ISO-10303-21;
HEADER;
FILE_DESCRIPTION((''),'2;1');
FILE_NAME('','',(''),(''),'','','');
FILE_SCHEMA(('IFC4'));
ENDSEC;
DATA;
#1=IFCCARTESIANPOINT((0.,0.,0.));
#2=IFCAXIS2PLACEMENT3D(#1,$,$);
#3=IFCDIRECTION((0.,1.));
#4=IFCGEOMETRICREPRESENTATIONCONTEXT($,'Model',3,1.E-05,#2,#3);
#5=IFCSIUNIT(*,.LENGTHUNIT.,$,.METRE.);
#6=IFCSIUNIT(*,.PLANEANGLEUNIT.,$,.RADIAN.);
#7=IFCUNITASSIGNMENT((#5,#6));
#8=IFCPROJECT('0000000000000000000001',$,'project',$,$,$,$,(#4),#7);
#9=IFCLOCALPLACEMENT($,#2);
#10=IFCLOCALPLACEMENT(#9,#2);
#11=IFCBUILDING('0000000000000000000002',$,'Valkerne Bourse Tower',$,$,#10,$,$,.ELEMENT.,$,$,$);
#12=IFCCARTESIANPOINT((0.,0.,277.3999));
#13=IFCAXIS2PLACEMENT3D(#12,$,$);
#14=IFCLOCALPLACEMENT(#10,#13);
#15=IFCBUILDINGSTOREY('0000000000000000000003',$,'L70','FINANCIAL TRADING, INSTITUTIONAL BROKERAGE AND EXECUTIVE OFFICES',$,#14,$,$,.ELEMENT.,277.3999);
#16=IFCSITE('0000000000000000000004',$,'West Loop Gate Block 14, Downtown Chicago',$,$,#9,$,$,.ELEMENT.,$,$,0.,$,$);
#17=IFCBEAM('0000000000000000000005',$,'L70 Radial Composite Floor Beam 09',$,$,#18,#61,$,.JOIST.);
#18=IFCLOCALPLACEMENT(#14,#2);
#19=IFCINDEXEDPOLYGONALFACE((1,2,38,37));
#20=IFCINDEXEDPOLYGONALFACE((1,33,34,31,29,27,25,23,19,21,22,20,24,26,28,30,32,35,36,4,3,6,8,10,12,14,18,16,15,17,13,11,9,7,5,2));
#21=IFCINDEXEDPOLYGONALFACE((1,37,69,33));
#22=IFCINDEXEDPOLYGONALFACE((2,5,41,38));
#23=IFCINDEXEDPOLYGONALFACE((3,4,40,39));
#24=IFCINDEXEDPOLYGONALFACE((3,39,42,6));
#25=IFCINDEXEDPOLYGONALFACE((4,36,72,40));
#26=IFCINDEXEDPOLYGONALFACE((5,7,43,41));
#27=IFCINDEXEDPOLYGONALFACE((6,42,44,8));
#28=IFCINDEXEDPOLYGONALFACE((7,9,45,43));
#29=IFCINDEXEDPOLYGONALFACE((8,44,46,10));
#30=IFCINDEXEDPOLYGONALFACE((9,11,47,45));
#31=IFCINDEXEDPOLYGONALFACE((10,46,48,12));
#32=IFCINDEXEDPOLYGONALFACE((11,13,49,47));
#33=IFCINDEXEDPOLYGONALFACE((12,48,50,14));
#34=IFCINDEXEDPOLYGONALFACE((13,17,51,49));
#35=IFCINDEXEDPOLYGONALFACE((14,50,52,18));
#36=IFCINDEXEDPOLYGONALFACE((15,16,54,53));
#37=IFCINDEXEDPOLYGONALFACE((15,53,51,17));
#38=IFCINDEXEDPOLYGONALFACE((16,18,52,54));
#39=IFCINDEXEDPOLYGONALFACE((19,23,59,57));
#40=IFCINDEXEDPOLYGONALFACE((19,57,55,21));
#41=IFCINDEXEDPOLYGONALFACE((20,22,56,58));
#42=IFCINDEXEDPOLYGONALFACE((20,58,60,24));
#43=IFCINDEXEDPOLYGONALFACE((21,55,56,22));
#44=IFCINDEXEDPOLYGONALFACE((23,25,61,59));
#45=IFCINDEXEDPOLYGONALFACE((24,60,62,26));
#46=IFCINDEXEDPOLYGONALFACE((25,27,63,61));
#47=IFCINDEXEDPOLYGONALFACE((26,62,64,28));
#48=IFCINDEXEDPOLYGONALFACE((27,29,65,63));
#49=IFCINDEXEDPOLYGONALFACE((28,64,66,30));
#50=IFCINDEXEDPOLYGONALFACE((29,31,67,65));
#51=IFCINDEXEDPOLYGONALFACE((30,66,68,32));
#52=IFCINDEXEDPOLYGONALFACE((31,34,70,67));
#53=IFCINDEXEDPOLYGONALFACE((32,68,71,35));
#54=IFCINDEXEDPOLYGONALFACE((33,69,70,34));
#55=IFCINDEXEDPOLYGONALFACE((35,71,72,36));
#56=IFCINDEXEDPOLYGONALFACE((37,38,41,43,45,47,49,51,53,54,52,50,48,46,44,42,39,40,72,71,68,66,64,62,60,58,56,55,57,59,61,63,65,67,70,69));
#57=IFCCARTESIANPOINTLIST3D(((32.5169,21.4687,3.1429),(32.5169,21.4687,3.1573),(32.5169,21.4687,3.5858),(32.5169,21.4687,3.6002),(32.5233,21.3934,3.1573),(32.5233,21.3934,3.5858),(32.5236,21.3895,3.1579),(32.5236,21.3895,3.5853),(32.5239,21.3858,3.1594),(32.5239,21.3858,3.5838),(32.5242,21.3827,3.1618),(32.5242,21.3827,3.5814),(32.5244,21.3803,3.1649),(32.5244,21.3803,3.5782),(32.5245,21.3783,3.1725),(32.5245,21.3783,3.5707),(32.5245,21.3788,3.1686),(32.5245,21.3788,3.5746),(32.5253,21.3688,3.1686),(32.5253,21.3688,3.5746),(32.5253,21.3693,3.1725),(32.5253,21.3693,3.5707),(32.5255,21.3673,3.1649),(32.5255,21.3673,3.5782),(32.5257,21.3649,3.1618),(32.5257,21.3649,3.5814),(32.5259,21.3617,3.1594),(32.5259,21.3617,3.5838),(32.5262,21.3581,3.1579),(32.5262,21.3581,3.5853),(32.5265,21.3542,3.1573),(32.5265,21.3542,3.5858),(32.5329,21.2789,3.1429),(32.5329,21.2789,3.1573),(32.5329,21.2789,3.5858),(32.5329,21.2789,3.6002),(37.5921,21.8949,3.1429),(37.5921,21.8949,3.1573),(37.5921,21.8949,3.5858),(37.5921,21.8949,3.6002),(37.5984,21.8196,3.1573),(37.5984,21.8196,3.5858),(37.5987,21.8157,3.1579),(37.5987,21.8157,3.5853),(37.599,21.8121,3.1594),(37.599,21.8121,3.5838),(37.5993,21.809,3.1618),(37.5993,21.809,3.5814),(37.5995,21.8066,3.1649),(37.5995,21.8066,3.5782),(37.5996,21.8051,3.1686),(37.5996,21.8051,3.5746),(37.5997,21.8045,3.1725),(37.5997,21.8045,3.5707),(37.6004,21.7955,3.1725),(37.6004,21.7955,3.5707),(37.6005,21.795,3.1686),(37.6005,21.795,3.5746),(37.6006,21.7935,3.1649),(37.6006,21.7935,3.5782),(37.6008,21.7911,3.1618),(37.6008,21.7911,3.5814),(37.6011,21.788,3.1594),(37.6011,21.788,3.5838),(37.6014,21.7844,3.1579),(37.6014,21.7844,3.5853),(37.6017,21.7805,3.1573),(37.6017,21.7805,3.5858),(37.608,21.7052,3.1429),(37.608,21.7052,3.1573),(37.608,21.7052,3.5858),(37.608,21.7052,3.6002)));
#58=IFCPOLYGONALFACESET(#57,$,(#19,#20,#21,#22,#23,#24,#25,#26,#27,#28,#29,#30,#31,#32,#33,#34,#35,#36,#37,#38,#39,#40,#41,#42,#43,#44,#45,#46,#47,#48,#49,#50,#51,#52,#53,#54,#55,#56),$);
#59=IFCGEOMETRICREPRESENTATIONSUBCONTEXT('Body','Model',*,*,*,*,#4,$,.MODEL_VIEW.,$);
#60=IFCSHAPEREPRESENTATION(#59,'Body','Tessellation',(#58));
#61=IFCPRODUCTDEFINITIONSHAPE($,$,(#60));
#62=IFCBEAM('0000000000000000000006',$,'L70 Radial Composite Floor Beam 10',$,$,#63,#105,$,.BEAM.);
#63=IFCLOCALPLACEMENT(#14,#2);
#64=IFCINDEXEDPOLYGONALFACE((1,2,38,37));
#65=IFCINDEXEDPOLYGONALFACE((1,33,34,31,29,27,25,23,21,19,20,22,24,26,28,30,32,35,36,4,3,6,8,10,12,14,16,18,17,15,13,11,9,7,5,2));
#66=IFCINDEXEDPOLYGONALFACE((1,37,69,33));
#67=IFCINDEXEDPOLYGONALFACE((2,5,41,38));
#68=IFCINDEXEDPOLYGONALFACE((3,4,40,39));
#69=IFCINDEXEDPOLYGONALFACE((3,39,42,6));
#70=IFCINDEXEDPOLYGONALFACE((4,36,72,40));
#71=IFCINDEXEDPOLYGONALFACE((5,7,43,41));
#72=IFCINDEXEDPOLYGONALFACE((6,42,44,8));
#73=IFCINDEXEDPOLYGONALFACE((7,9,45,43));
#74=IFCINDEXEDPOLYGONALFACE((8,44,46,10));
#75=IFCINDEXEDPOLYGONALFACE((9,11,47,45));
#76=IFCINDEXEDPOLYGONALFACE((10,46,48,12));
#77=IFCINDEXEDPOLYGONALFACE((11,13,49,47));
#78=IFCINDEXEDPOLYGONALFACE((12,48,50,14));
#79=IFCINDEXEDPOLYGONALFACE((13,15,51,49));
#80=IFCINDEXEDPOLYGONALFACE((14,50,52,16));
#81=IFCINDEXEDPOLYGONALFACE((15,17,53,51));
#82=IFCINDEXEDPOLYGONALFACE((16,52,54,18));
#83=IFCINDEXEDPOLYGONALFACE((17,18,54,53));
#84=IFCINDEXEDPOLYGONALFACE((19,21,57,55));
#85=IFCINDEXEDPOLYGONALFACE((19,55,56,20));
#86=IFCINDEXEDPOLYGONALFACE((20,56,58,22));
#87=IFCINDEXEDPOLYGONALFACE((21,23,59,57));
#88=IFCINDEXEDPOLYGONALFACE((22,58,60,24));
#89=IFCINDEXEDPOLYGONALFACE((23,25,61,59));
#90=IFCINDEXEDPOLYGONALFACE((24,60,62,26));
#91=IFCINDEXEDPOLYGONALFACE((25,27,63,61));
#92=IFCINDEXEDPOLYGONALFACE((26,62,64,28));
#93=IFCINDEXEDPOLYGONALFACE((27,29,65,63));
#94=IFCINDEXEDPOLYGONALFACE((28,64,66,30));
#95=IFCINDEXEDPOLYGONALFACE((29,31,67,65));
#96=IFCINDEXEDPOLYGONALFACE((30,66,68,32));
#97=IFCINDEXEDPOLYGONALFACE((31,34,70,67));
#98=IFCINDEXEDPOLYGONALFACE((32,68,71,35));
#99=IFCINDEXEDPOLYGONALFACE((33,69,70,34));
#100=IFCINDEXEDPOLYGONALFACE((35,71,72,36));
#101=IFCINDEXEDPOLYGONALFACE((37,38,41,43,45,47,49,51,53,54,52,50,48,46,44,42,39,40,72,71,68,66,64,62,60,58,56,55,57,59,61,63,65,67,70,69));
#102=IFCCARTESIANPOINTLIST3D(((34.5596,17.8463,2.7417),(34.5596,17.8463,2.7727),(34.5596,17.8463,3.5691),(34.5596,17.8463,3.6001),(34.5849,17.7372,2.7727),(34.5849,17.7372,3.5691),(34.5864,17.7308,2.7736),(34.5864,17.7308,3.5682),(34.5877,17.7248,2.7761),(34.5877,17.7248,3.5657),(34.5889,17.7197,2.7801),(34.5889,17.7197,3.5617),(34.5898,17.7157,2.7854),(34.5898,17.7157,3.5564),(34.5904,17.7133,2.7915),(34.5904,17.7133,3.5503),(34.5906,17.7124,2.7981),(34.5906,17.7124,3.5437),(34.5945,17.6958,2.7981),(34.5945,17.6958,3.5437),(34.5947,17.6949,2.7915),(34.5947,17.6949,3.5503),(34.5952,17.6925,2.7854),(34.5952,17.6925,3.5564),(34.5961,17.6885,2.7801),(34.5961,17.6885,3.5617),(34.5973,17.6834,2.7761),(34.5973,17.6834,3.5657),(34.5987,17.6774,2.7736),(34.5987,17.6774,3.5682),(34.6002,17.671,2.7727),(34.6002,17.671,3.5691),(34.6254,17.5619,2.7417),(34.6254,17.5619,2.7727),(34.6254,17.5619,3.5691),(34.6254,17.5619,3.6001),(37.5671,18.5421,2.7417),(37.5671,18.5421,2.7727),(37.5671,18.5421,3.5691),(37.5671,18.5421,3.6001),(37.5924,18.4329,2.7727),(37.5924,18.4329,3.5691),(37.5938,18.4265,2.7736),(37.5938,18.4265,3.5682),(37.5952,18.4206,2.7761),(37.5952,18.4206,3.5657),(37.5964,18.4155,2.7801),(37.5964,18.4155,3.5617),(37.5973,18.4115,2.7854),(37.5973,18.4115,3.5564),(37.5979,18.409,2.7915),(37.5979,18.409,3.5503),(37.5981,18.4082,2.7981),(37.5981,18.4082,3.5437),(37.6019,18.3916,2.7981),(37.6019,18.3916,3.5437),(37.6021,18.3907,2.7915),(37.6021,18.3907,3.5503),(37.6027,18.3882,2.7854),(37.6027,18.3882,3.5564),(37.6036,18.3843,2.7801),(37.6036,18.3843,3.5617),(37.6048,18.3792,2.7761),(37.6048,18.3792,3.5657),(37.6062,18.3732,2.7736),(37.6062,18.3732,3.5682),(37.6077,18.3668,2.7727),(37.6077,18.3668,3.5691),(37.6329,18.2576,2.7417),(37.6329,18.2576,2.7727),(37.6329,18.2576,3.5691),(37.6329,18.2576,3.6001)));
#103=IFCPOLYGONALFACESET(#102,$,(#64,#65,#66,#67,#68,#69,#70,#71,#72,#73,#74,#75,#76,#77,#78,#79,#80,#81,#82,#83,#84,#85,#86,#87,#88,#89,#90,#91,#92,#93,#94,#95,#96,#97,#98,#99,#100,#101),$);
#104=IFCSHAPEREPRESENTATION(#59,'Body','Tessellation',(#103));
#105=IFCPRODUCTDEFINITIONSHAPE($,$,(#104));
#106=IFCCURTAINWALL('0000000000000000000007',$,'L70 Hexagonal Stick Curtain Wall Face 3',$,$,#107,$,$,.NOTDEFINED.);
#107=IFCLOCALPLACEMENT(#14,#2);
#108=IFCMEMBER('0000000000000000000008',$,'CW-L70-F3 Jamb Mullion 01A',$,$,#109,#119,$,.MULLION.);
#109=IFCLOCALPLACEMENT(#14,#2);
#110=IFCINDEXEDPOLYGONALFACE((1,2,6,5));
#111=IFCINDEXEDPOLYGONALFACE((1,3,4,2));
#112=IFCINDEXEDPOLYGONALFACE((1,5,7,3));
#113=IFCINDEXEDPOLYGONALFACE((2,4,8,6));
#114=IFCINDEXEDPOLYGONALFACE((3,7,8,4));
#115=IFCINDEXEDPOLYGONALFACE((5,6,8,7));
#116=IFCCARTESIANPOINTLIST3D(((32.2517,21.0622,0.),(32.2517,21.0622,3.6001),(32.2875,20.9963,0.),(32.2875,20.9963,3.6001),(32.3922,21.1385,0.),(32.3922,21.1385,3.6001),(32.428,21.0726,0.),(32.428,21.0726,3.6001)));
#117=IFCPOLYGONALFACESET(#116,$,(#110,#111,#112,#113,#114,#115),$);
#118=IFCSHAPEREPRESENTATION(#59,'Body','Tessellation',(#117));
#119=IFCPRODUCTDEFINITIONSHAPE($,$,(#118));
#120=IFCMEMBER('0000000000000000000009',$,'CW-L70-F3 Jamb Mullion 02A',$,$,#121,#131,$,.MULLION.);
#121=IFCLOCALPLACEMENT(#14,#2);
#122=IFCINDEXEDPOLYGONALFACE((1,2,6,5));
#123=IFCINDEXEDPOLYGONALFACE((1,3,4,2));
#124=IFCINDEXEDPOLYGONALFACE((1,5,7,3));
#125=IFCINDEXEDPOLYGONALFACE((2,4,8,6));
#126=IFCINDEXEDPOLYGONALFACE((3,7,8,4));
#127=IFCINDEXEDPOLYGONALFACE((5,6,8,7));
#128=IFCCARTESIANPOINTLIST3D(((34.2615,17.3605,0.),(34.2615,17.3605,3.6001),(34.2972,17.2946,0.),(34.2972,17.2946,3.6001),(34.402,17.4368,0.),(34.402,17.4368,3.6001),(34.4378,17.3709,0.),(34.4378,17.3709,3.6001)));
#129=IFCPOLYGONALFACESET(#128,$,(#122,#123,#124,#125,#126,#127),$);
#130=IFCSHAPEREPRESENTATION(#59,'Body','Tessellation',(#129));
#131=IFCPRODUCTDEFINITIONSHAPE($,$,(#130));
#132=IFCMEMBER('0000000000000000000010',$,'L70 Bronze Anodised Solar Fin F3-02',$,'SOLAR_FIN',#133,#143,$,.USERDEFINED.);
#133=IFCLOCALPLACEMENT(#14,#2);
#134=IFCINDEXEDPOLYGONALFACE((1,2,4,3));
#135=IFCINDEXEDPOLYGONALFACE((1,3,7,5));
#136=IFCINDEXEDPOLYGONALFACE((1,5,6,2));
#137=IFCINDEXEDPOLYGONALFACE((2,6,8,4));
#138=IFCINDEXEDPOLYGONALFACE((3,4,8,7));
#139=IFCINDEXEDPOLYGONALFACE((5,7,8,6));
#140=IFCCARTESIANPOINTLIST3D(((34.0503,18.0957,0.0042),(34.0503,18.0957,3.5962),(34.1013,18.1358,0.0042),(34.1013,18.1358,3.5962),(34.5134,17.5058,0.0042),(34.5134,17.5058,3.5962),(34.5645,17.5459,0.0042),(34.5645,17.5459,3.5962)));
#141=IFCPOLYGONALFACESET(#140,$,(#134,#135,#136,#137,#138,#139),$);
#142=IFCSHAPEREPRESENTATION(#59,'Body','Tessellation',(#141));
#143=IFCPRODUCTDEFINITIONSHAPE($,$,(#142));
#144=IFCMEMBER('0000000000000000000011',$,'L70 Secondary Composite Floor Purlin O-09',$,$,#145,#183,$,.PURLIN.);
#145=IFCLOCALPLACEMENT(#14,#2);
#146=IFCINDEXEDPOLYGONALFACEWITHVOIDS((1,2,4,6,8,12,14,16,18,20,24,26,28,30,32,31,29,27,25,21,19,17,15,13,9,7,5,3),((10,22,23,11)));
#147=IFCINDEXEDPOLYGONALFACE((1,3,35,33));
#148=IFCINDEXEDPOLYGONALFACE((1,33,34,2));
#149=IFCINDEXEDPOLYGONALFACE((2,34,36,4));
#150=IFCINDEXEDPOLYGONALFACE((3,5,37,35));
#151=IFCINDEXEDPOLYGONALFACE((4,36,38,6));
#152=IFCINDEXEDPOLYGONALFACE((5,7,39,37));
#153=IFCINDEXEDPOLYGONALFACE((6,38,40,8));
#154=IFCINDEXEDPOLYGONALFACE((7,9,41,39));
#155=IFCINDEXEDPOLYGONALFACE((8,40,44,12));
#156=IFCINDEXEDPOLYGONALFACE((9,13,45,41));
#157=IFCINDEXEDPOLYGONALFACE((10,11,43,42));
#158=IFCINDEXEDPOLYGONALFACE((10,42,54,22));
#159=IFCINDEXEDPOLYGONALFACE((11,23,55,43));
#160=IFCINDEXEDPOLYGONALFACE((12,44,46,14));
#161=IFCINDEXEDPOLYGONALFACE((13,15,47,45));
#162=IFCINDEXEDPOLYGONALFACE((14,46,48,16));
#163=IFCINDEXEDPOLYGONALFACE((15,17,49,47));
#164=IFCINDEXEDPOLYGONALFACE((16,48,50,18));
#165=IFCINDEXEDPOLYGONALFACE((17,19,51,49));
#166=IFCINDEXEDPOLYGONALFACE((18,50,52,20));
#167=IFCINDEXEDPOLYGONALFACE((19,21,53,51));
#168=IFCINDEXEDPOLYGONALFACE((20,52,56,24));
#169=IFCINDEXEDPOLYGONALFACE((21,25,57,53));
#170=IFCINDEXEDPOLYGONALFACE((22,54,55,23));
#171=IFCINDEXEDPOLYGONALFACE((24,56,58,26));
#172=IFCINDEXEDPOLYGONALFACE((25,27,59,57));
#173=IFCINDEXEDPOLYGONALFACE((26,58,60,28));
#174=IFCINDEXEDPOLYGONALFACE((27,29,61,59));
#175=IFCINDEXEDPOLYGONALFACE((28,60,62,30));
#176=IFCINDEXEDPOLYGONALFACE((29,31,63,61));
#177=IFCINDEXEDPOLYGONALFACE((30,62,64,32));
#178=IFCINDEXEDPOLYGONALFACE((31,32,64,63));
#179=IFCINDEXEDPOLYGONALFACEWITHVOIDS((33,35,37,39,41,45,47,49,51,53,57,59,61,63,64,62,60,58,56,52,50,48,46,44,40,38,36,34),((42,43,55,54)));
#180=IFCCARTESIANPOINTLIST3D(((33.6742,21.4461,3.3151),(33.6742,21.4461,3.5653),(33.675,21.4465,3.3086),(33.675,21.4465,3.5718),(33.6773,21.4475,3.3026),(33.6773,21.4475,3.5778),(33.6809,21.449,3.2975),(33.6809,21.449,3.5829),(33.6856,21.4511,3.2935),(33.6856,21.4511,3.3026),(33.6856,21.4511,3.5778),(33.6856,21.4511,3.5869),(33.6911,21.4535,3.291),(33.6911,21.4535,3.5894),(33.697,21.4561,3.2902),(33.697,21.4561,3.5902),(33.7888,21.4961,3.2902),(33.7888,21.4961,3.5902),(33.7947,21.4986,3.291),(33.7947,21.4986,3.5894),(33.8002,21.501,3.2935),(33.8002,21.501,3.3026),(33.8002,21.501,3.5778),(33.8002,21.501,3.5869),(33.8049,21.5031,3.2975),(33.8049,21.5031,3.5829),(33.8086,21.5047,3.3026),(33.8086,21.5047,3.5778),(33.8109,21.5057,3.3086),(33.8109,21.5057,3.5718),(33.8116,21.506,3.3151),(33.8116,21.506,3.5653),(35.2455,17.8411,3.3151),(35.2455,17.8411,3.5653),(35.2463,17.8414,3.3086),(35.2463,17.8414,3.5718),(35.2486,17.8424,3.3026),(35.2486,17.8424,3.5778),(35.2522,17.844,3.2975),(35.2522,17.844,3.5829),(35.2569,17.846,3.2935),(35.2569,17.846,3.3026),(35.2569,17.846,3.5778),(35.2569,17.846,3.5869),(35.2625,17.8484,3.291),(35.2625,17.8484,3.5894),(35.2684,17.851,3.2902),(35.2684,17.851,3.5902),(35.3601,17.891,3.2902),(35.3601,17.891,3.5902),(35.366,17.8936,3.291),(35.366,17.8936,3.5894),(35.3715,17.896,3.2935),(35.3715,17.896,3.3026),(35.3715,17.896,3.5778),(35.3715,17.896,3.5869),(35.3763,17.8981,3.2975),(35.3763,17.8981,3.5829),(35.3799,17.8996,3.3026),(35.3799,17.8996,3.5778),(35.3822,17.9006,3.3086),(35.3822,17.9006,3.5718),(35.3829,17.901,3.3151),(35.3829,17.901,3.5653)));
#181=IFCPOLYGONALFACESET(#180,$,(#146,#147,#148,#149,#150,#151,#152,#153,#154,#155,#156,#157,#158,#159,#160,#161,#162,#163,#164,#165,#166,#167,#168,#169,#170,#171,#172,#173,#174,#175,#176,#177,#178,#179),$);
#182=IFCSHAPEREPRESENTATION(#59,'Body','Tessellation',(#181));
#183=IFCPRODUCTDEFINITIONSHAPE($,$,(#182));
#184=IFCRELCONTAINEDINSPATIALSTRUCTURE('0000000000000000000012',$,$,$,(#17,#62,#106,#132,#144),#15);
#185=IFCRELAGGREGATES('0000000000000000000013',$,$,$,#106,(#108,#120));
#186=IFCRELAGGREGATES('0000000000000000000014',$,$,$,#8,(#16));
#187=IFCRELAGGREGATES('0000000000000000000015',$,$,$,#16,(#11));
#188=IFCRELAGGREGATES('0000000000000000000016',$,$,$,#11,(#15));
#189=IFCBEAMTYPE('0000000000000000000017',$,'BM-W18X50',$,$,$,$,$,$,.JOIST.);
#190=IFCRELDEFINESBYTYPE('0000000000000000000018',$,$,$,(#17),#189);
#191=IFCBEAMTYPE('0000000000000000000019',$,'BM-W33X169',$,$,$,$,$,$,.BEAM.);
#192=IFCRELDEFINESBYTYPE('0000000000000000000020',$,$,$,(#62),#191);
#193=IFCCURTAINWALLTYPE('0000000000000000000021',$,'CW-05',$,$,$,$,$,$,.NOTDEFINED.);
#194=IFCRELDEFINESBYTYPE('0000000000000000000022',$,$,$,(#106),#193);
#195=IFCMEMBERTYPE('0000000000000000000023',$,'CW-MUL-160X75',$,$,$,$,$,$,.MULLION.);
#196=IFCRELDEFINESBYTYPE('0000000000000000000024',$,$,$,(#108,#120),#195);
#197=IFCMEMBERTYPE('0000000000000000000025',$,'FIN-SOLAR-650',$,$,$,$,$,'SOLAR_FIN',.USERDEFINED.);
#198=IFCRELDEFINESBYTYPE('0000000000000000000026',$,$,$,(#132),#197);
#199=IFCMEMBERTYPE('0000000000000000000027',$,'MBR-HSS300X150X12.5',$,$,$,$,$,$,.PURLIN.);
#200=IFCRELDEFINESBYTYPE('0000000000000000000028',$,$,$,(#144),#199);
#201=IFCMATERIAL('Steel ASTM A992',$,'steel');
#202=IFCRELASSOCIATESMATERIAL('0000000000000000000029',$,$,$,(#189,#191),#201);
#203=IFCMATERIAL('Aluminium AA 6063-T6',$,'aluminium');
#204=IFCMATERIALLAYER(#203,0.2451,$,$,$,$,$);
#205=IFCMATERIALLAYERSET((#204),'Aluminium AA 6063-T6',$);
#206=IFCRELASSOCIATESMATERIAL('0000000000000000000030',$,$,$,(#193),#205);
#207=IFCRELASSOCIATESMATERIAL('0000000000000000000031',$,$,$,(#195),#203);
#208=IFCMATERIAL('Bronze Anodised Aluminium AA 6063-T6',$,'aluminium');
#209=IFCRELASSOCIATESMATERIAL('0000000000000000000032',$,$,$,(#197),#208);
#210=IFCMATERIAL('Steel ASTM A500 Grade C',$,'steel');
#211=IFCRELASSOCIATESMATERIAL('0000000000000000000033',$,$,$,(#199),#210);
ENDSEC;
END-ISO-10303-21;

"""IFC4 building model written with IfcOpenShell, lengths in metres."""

from ifc_helpers import new_model, si_unit, direction, frame, origin, origin_2d, place, context, subcontext, project, spatial, rectangle, hollow_rectangle, i_section, extrude, material, layer, layer_set, material_profile, profile_set, type_object, element, aggregate, save


model = new_model("IFC4")

# Units and contexts
model_context = context("Model", 3, precision=1e-05, world=origin(), true_north=direction((0.0, 1.0)))
body_context = subcontext(model_context, "Body", "Model", "MODEL_VIEW")
ifc_project = project(units=[si_unit("LENGTHUNIT", "METRE"), si_unit("PLANEANGLEUNIT", "RADIAN")], contexts=[model_context])

# Site, building, storey
site_placement = place(None, origin())
site = spatial("IfcSite", under=ifc_project, at=site_placement, Name="West Loop Gate Block 14, Downtown Chicago", CompositionType="ELEMENT", RefElevation=0.0)
building_placement = place(site_placement, origin())
building = spatial("IfcBuilding", under=site, at=building_placement, Name="Valkerne Bourse Tower", CompositionType="ELEMENT")
storey_placement = place(building_placement, frame((0.0, 0.0, 277.3999)))
storey = spatial("IfcBuildingStorey", under=building, at=storey_placement, Name="L70", Description="FINANCIAL TRADING, INSTITUTIONAL BROKERAGE AND EXECUTIVE OFFICES", CompositionType="ELEMENT", Elevation=277.3999)

# Beams
ifc_material_1 = material(Name="Steel ASTM A992", Category="steel")
ifc_material_profile_1 = material_profile(ifc_material_1, i_section(OverallWidth=0.1904, OverallDepth=0.4573, WebThickness=0.009, FlangeThickness=0.0144, FilletRadius=0.0151, at=origin_2d()), Name="W18X50")
ifc_profile_set_1 = profile_set([ifc_material_profile_1], Name="Steel ASTM A992")
beam_type_1 = type_object("IfcBeamType", Name="BM-W18X50", PredefinedType="JOIST", material=ifc_profile_set_1)
beam_1_placement = place(storey_placement, frame((32.5249, 21.3738, 3.3716), z_axis=(0.996491, 0.083696, 0.0), x_axis=(-0.083696, 0.996491, 0.0)))
element("IfcBeam", 1, at=beam_1_placement, inside=storey, type_object=beam_type_1, Name="L70 Radial Composite Floor Beam 09", PredefinedType="JOIST", context=body_context, shape_type="SweptSolid", body=[
    extrude(i_section(OverallWidth=0.1904, OverallDepth=0.4573, WebThickness=0.009, FlangeThickness=0.0144, FilletRadius=0.0151, at=origin_2d()), origin(), (0.0, 0.0, 1.0), 5.093),
])
ifc_material_profile_2 = material_profile(ifc_material_1, i_section(OverallWidth=0.292, OverallDepth=0.8584, WebThickness=0.0171, FlangeThickness=0.031, FilletRadius=0.0254, at=origin_2d()), Name="W33X169")
ifc_profile_set_2 = profile_set([ifc_material_profile_2], Name="Steel ASTM A992")
beam_type_2 = type_object("IfcBeamType", Name="BM-W33X169", PredefinedType="BEAM", material=ifc_profile_set_2)
beam_2_placement = place(storey_placement, frame((34.5925, 17.7041, 3.1709), z_axis=(0.974267, 0.225397, 0.0), x_axis=(-0.225397, 0.974267, 0.0)))
element("IfcBeam", 2, at=beam_2_placement, inside=storey, type_object=beam_type_2, Name="L70 Radial Composite Floor Beam 10", PredefinedType="BEAM", context=body_context, shape_type="SweptSolid", body=[
    extrude(i_section(OverallWidth=0.292, OverallDepth=0.8584, WebThickness=0.0171, FlangeThickness=0.031, FilletRadius=0.0254, at=origin_2d()), origin(), (0.0, 0.0, 1.0), 3.0869),
])

# Curtain wall, members
ifc_material_2 = material(Name="Aluminium AA 6063-T6", Category="aluminium")
ifc_layer_1 = layer(ifc_material_2, 0.2451)
ifc_layer_set_1 = layer_set([ifc_layer_1], Name="Aluminium AA 6063-T6")
curtain_wall_type = type_object("IfcCurtainWallType", Name="CW-05", PredefinedType="NOTDEFINED", material=ifc_layer_set_1)
curtain_wall_placement = place(storey_placement, origin())
curtain_wall = element("IfcCurtainWall", 3, at=curtain_wall_placement, inside=storey, type_object=curtain_wall_type, Name="L70 Hexagonal Stick Curtain Wall Face 3", PredefinedType="NOTDEFINED")
ifc_material_profile_3 = material_profile(ifc_material_2, rectangle(XDim=0.075, YDim=0.1599, at=origin_2d()), Name="CWM-75X160")
ifc_profile_set_3 = profile_set([ifc_material_profile_3], Name="Aluminium AA 6063-T6")
member_type_1 = type_object("IfcMemberType", Name="CW-MUL-160X75", PredefinedType="MULLION", material=ifc_profile_set_3)
member_1_placement = place(storey_placement, frame((32.3398, 21.0674, 0.0), z_axis=(0.0, 0.0, 1.0), x_axis=(0.477158, -0.878818, 0.0)))
member_1 = element("IfcMember", 4, at=member_1_placement, type_object=member_type_1, Name="CW-L70-F3 Jamb Mullion 01A", PredefinedType="MULLION", context=body_context, shape_type="SweptSolid", body=[
    extrude(rectangle(XDim=0.075, YDim=0.1599, at=origin_2d()), origin(), (0.0, 0.0, 1.0), 3.6001),
])
member_2_placement = place(storey_placement, frame((34.3496, 17.3657, 0.0), z_axis=(0.0, 0.0, 1.0), x_axis=(0.477158, -0.878818, 0.0)))
member_2 = element("IfcMember", 5, at=member_2_placement, type_object=member_type_1, Name="CW-L70-F3 Jamb Mullion 02A", PredefinedType="MULLION", context=body_context, shape_type="SweptSolid", body=[
    extrude(rectangle(XDim=0.075, YDim=0.1599, at=origin_2d()), origin(), (0.0, 0.0, 1.0), 3.6001),
])

# Members
ifc_material_3 = material(Name="Bronze Anodised Aluminium AA 6063-T6", Category="aluminium")
ifc_material_profile_4 = material_profile(ifc_material_3, rectangle(XDim=0.0649, YDim=0.75, at=origin_2d()), Name="FIN-65X750")
ifc_profile_set_4 = profile_set([ifc_material_profile_4], Name="Bronze Anodised Aluminium AA 6063-T6")
member_type_2 = type_object("IfcMemberType", Name="FIN-SOLAR-650", ElementType="SOLAR_FIN", PredefinedType="USERDEFINED", material=ifc_profile_set_4)
member_3_placement = place(storey_placement, frame((34.3074, 17.8208, 0.0042), z_axis=(0.0, 0.0, 1.0), x_axis=(-0.786538, -0.617543, 0.0)))
element("IfcMember", 6, at=member_3_placement, inside=storey, type_object=member_type_2, Name="L70 Bronze Anodised Solar Fin F3-02", ObjectType="SOLAR_FIN", PredefinedType="USERDEFINED", context=body_context, shape_type="SweptSolid", body=[
    extrude(rectangle(XDim=0.0649, YDim=0.75, at=origin_2d()), origin(), (0.0, 0.0, 1.0), 3.592),
])
ifc_material_4 = material(Name="Steel ASTM A500 Grade C", Category="steel")
ifc_material_profile_5 = material_profile(ifc_material_4, hollow_rectangle(XDim=0.1499, YDim=0.3, WallThickness=0.0125, OuterFilletRadius=0.0249, at=origin_2d()), Name="HSS300X150X12.5")
ifc_profile_set_5 = profile_set([ifc_material_profile_5], Name="Steel ASTM A500 Grade C")
member_type_3 = type_object("IfcMemberType", Name="MBR-HSS300X150X12.5", PredefinedType="PURLIN", material=ifc_profile_set_5)
member_4_placement = place(storey_placement, frame((33.7429, 21.4761, 3.4402), z_axis=(0.399561, -0.916706, 0.0), x_axis=(0.916706, 0.399561, 0.0)))
element("IfcMember", 7, at=member_4_placement, inside=storey, type_object=member_type_3, Name="L70 Secondary Composite Floor Purlin O-09", PredefinedType="PURLIN", context=body_context, shape_type="SweptSolid", body=[
    extrude(hollow_rectangle(XDim=0.1499, YDim=0.3, WallThickness=0.0125, OuterFilletRadius=0.0249, at=origin_2d()), origin(), (0.0, 0.0, 1.0), 3.9326),
])

aggregate(curtain_wall, [member_1, member_2])

save(model, "model.ifc")
